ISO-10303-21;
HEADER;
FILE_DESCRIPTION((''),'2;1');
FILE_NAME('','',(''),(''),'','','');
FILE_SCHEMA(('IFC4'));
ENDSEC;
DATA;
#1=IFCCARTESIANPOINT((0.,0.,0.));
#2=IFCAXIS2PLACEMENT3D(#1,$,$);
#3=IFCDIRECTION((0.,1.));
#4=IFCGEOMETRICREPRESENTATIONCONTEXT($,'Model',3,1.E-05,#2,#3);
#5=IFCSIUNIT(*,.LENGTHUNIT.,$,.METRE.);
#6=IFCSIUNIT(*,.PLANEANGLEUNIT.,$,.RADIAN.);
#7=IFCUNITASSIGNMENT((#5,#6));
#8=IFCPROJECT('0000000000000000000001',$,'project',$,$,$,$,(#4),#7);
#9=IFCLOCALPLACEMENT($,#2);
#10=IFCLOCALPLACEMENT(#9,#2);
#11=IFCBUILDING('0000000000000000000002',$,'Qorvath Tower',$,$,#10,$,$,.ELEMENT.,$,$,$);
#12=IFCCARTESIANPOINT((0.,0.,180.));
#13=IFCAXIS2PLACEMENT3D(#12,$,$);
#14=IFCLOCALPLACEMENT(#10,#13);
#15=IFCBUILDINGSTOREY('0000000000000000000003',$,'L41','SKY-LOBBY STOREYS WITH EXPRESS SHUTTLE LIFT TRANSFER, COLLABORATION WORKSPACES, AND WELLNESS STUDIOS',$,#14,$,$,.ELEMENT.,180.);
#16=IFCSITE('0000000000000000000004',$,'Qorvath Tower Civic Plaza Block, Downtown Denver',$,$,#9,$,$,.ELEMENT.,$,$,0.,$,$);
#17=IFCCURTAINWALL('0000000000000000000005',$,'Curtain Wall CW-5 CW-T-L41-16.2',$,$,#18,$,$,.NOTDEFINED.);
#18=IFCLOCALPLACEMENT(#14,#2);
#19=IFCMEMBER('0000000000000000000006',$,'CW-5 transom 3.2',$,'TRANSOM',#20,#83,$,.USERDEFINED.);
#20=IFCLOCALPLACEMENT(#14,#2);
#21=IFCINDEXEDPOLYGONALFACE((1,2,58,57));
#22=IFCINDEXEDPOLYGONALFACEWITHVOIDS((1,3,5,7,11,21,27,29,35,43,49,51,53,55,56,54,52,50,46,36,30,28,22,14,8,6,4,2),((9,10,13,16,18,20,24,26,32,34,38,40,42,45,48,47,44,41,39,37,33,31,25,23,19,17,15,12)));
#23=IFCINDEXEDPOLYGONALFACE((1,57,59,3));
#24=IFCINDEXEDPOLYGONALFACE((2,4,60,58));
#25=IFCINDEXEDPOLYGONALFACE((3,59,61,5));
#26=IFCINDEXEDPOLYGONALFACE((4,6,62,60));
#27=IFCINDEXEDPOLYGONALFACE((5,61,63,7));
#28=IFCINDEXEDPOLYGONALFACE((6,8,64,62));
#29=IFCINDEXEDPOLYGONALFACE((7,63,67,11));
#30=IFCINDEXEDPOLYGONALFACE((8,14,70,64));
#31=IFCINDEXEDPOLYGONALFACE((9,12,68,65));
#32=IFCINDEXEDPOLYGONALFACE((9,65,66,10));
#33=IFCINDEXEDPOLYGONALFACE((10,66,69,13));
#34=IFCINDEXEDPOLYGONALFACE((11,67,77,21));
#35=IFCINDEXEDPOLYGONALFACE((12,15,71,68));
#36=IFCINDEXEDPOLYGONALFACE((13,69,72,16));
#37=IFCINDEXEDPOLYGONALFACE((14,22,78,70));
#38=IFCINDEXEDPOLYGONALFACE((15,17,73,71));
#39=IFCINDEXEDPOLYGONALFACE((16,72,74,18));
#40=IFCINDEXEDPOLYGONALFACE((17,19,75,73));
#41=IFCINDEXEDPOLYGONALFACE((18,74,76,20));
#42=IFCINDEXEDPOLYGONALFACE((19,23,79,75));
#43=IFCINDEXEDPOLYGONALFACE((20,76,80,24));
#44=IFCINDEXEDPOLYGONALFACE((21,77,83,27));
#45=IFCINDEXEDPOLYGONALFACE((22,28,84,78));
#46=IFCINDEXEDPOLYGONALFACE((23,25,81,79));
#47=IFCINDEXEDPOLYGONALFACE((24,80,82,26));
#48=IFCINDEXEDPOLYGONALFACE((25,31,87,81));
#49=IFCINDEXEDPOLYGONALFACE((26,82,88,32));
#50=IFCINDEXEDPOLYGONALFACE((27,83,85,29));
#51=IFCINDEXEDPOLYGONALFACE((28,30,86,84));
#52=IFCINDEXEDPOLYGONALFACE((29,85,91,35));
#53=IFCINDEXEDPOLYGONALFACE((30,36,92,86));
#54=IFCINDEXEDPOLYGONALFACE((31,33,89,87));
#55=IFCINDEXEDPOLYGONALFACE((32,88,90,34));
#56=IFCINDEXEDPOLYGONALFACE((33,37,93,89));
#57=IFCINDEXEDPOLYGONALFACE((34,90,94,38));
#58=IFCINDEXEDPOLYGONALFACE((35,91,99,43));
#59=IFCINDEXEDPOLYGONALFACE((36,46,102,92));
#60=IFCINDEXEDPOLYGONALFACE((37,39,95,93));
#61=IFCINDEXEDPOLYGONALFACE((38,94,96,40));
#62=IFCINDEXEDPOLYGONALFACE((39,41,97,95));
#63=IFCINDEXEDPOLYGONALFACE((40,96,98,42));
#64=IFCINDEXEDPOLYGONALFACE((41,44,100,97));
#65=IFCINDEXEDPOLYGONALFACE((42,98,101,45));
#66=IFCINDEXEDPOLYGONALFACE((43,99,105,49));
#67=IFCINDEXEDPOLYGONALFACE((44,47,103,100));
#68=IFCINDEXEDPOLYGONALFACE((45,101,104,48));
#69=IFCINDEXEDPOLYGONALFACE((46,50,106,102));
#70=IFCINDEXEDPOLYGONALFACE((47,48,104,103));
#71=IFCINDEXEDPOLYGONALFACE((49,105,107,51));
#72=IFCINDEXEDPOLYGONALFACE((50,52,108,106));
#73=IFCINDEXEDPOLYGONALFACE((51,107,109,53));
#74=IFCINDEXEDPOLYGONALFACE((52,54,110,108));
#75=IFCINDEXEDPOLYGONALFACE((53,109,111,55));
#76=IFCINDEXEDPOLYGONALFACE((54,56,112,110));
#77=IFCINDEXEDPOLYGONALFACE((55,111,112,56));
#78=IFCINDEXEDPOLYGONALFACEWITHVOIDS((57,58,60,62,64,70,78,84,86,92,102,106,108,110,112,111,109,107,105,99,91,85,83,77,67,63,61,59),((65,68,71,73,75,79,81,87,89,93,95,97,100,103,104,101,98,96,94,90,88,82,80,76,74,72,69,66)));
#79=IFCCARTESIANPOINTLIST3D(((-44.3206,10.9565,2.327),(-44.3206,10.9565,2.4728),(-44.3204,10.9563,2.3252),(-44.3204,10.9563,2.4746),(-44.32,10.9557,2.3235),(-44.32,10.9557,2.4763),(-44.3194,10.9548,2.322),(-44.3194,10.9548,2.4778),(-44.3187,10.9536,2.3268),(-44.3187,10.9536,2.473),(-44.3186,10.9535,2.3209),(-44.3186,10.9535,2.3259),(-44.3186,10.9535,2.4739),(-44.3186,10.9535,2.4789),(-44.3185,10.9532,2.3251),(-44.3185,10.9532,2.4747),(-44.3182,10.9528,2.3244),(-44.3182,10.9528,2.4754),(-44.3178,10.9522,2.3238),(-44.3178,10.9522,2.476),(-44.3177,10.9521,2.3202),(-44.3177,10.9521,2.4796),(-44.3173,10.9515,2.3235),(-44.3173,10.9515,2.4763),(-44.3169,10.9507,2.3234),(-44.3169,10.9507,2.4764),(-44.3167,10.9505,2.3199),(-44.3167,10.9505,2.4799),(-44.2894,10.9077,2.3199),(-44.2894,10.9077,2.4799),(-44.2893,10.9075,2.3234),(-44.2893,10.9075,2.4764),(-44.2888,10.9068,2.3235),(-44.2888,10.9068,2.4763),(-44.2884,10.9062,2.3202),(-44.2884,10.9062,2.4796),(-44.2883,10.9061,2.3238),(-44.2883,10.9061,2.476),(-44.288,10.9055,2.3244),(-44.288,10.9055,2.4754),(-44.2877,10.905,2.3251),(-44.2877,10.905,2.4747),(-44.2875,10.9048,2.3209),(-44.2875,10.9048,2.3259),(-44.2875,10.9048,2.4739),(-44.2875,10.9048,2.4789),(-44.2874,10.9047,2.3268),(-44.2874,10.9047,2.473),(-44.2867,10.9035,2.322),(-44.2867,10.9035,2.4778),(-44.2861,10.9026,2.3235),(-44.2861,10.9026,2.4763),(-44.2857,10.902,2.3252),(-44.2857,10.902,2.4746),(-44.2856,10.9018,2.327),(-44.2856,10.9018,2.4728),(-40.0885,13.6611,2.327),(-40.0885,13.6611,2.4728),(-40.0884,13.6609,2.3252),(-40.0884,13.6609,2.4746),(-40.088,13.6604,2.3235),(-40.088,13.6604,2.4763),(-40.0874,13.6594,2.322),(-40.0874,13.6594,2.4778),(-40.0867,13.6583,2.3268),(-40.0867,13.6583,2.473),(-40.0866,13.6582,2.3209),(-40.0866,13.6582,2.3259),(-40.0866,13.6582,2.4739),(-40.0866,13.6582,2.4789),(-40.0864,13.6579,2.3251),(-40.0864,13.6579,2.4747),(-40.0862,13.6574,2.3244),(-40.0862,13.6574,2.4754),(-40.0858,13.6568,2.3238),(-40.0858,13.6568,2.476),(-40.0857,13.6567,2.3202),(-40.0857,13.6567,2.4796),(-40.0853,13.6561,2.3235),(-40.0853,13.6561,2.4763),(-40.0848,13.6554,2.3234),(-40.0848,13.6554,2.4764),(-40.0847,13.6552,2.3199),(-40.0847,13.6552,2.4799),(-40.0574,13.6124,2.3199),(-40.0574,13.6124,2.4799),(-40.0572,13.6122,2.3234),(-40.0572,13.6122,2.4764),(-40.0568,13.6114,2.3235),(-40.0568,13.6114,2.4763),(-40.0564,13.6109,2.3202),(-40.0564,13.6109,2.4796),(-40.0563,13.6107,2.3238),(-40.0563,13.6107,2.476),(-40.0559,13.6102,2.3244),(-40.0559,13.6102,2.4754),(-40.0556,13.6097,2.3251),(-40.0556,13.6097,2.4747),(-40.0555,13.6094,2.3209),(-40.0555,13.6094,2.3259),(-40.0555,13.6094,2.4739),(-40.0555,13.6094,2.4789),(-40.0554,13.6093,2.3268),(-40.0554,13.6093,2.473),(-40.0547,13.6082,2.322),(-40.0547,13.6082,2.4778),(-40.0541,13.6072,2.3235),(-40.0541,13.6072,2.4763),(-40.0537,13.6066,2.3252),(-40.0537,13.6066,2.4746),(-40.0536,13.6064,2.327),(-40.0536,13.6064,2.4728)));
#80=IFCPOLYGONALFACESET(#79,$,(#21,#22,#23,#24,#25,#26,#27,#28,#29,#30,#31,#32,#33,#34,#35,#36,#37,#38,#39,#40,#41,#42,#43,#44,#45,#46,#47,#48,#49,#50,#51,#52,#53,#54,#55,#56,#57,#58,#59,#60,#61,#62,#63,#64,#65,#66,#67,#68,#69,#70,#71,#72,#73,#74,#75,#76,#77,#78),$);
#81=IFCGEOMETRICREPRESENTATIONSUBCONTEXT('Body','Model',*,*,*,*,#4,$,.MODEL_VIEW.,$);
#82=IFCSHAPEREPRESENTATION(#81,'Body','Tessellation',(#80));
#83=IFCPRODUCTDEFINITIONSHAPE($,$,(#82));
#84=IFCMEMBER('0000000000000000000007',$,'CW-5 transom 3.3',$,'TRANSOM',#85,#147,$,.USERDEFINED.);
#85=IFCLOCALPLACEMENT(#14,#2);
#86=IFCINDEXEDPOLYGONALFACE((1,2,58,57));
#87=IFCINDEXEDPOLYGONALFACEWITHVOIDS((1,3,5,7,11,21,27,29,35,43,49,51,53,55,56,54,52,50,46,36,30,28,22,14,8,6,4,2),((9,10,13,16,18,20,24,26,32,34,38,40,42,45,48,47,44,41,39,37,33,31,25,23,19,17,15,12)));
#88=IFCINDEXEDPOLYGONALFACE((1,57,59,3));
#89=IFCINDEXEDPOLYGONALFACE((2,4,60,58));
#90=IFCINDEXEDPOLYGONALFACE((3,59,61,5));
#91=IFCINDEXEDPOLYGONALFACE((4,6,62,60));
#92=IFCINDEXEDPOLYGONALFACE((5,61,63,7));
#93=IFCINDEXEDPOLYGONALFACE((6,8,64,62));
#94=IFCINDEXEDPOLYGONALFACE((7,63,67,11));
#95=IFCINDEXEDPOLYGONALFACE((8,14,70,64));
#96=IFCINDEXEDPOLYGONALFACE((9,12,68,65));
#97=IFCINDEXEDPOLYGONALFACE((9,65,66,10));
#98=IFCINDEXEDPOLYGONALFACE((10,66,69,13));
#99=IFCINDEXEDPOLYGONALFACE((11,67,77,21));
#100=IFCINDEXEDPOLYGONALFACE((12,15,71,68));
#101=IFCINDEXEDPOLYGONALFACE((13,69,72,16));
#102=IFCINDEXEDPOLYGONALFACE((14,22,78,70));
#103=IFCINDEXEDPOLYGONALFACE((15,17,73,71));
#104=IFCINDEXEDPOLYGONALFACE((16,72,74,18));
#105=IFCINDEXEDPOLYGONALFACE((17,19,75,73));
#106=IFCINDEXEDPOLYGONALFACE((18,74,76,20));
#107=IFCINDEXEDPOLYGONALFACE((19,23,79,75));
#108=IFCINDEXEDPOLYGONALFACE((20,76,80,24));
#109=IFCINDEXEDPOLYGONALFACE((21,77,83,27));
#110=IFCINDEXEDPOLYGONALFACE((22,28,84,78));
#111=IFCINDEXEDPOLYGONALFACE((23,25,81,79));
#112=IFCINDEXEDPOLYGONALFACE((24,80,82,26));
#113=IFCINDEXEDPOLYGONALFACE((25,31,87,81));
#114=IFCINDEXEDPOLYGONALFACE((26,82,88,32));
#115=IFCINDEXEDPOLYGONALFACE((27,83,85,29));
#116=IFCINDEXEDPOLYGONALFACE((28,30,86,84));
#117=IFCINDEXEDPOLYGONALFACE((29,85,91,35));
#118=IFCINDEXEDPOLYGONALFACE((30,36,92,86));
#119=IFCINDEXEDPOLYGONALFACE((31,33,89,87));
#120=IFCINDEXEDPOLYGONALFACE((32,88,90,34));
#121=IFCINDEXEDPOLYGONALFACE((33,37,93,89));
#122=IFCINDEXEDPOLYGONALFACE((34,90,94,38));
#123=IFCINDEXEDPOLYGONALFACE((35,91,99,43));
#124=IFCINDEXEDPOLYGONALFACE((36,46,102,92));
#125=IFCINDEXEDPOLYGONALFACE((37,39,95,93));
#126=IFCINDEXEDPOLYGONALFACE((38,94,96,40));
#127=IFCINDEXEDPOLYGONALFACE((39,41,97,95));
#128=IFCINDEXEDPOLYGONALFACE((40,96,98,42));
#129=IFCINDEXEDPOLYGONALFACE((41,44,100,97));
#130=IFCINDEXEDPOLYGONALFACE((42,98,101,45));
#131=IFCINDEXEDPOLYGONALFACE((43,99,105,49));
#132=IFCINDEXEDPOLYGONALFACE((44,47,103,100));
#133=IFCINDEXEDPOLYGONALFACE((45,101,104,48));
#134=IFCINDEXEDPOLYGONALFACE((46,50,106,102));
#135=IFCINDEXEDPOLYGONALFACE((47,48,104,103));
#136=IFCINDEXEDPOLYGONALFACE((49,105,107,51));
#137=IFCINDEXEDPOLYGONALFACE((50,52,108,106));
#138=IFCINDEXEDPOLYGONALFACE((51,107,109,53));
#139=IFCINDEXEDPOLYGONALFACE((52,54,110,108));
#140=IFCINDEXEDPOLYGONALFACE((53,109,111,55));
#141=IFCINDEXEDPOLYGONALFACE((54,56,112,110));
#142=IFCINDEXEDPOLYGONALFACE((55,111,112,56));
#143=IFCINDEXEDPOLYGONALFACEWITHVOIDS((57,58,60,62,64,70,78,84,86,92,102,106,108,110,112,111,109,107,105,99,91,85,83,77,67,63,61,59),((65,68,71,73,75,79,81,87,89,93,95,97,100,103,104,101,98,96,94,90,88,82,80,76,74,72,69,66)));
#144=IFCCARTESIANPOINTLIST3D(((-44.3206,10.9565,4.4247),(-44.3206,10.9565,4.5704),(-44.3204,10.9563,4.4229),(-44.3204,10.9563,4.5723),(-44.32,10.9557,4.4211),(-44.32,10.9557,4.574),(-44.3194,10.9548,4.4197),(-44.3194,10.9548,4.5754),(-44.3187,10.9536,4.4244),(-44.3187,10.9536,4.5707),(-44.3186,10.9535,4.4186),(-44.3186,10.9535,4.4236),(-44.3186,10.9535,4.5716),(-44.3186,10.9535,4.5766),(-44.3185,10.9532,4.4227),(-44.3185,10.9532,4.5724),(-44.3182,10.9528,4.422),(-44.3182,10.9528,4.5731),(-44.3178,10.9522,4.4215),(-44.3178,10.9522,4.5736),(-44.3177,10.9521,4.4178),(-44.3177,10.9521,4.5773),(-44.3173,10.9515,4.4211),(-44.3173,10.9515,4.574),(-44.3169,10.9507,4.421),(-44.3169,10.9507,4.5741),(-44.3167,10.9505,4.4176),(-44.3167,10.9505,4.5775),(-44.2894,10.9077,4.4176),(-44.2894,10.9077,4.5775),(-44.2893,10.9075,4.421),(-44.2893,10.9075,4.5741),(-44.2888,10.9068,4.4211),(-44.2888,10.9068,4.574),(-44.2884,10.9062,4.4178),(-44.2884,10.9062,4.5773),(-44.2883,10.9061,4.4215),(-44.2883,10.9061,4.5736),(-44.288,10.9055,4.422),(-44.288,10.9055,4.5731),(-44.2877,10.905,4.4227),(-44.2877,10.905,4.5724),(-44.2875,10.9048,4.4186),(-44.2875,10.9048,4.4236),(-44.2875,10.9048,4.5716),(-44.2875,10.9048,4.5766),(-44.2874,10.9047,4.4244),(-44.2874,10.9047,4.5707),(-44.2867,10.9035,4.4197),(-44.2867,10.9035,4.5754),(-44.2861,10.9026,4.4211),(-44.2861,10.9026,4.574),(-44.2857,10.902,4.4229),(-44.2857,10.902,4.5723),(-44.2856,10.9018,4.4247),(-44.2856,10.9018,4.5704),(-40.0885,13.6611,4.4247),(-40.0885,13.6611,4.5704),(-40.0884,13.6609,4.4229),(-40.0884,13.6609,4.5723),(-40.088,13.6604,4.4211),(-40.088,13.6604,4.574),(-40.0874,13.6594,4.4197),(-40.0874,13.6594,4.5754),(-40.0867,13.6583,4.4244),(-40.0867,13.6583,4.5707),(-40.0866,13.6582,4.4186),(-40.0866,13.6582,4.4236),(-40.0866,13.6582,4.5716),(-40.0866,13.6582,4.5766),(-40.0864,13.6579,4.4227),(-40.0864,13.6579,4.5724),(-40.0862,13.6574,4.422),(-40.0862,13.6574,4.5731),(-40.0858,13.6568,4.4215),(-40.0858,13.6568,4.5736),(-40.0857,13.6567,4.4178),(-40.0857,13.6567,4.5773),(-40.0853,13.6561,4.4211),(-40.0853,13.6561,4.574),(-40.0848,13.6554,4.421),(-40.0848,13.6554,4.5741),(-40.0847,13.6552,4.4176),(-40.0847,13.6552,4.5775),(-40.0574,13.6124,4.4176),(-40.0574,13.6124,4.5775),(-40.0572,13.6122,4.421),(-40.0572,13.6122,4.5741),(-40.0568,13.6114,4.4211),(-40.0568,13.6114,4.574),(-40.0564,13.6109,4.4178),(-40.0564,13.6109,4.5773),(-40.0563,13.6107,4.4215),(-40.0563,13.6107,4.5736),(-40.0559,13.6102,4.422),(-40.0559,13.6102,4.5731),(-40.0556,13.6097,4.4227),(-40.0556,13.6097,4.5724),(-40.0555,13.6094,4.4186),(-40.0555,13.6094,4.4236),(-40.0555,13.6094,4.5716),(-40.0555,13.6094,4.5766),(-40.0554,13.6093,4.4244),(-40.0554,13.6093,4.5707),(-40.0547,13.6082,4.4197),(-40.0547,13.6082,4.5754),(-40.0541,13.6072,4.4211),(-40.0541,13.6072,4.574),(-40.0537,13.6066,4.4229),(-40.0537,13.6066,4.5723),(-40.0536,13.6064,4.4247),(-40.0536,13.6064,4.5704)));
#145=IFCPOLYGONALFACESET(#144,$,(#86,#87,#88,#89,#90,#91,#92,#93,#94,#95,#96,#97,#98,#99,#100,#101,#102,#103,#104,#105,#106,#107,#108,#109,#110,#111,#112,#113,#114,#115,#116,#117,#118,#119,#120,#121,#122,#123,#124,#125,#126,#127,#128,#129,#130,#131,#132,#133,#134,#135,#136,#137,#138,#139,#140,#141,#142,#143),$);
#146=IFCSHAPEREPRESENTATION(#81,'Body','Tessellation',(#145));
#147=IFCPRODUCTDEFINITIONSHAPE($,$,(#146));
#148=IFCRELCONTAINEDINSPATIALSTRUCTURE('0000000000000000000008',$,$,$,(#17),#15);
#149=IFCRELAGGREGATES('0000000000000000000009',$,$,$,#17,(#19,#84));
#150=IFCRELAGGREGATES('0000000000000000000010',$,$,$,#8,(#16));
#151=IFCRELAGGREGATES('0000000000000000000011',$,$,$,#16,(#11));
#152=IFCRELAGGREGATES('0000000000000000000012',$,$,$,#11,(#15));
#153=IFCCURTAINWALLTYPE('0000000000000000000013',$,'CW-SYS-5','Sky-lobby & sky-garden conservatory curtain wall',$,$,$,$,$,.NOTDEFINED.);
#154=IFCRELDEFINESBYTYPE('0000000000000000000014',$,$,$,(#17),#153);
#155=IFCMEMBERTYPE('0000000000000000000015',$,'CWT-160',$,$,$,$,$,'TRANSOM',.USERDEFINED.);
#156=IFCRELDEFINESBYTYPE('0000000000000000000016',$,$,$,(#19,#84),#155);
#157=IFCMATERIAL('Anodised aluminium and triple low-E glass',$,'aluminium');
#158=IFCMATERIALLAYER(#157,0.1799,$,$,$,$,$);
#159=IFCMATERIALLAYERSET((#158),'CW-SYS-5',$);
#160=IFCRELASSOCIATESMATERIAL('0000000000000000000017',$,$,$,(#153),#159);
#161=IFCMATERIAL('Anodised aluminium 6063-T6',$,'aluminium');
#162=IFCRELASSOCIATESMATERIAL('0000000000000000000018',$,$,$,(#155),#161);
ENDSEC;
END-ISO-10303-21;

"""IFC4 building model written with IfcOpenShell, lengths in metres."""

from ifc_helpers import new_model, si_unit, direction, frame, origin, origin_2d, place, context, subcontext, project, spatial, hollow_rectangle, extrude, material, layer, layer_set, material_profile, profile_set, type_object, element, aggregate, save


model = new_model("IFC4")

# Units and contexts
model_context = context("Model", 3, precision=1e-05, world=origin(), true_north=direction((0.0, 1.0)))
body_context = subcontext(model_context, "Body", "Model", "MODEL_VIEW")
ifc_project = project(units=[si_unit("LENGTHUNIT", "METRE"), si_unit("PLANEANGLEUNIT", "RADIAN")], contexts=[model_context])

# Site, building, storey
site_placement = place(None, origin())
site = spatial("IfcSite", under=ifc_project, at=site_placement, Name="Qorvath Tower Civic Plaza Block, Downtown Denver", CompositionType="ELEMENT", RefElevation=0.0)
building_placement = place(site_placement, origin())
building = spatial("IfcBuilding", under=site, at=building_placement, Name="Qorvath Tower", CompositionType="ELEMENT")
storey_placement = place(building_placement, frame((0.0, 0.0, 180.0)))
storey = spatial("IfcBuildingStorey", under=building, at=storey_placement, Name="L41", Description="SKY-LOBBY STOREYS WITH EXPRESS SHUTTLE LIFT TRANSFER, COLLABORATION WORKSPACES, AND WELLNESS STUDIOS", CompositionType="ELEMENT", Elevation=180.0)

# Curtain wall
ifc_material_1 = material(Name="Anodised aluminium and triple low-E glass", Category="aluminium")
ifc_layer_1 = layer(ifc_material_1, 0.1799)
ifc_layer_set_1 = layer_set([ifc_layer_1], Name="CW-SYS-5")
curtain_wall_type = type_object("IfcCurtainWallType", Name="CW-SYS-5", Description="Sky-lobby & sky-garden conservatory curtain wall", PredefinedType="NOTDEFINED", material=ifc_layer_set_1)
curtain_wall_1_placement = place(storey_placement, origin())
curtain_wall_1 = element("IfcCurtainWall", 1, at=curtain_wall_1_placement, inside=storey, type_object=curtain_wall_type, Name="Curtain Wall CW-5 CW-T-L41-16.2", PredefinedType="NOTDEFINED")

# Members
ifc_material_2 = material(Name="Anodised aluminium 6063-T6", Category="aluminium")
ifc_material_profile_1 = material_profile(ifc_material_2, hollow_rectangle(XDim=0.0649, YDim=0.1599, WallThickness=0.0034, InnerFilletRadius=0.0034, OuterFilletRadius=0.0071, at=origin_2d()), Name="CWT 160x65")
ifc_profile_set_1 = profile_set([ifc_material_profile_1], Name="Anodised aluminium 6063-T6")
member_type_1 = type_object("IfcMemberType", Name="CWT-160", ElementType="TRANSOM", PredefinedType="USERDEFINED", material=ifc_profile_set_1)
member_1_placement = place(storey_placement, frame((-40.071, 13.6338, 2.3999), z_axis=(-0.842619, -0.53851, 0.0), x_axis=(0.53851, -0.842619, 0.0)))
member_1 = element("IfcMember", 2, at=member_1_placement, type_object=member_type_1, Name="CW-5 transom 3.2", ObjectType="TRANSOM", PredefinedType="USERDEFINED", context=body_context, shape_type="SweptSolid", body=[
    extrude(hollow_rectangle(XDim=0.0649, YDim=0.1599, WallThickness=0.0034, InnerFilletRadius=0.0034, OuterFilletRadius=0.0071, at=origin_2d()), origin(), (0.0, 0.0, 1.0), 5.0225),
])
member_2_placement = place(storey_placement, frame((-40.071, 13.6338, 4.4976), z_axis=(-0.842619, -0.53851, 0.0), x_axis=(0.53851, -0.842619, 0.0)))
member_2 = element("IfcMember", 3, at=member_2_placement, type_object=member_type_1, Name="CW-5 transom 3.3", ObjectType="TRANSOM", PredefinedType="USERDEFINED", context=body_context, shape_type="SweptSolid", body=[
    extrude(hollow_rectangle(XDim=0.0649, YDim=0.1599, WallThickness=0.0034, InnerFilletRadius=0.0034, OuterFilletRadius=0.0071, at=origin_2d()), origin(), (0.0, 0.0, 1.0), 5.0225),
])

aggregate(curtain_wall_1, [member_1, member_2])

save(model, "model.ifc")
